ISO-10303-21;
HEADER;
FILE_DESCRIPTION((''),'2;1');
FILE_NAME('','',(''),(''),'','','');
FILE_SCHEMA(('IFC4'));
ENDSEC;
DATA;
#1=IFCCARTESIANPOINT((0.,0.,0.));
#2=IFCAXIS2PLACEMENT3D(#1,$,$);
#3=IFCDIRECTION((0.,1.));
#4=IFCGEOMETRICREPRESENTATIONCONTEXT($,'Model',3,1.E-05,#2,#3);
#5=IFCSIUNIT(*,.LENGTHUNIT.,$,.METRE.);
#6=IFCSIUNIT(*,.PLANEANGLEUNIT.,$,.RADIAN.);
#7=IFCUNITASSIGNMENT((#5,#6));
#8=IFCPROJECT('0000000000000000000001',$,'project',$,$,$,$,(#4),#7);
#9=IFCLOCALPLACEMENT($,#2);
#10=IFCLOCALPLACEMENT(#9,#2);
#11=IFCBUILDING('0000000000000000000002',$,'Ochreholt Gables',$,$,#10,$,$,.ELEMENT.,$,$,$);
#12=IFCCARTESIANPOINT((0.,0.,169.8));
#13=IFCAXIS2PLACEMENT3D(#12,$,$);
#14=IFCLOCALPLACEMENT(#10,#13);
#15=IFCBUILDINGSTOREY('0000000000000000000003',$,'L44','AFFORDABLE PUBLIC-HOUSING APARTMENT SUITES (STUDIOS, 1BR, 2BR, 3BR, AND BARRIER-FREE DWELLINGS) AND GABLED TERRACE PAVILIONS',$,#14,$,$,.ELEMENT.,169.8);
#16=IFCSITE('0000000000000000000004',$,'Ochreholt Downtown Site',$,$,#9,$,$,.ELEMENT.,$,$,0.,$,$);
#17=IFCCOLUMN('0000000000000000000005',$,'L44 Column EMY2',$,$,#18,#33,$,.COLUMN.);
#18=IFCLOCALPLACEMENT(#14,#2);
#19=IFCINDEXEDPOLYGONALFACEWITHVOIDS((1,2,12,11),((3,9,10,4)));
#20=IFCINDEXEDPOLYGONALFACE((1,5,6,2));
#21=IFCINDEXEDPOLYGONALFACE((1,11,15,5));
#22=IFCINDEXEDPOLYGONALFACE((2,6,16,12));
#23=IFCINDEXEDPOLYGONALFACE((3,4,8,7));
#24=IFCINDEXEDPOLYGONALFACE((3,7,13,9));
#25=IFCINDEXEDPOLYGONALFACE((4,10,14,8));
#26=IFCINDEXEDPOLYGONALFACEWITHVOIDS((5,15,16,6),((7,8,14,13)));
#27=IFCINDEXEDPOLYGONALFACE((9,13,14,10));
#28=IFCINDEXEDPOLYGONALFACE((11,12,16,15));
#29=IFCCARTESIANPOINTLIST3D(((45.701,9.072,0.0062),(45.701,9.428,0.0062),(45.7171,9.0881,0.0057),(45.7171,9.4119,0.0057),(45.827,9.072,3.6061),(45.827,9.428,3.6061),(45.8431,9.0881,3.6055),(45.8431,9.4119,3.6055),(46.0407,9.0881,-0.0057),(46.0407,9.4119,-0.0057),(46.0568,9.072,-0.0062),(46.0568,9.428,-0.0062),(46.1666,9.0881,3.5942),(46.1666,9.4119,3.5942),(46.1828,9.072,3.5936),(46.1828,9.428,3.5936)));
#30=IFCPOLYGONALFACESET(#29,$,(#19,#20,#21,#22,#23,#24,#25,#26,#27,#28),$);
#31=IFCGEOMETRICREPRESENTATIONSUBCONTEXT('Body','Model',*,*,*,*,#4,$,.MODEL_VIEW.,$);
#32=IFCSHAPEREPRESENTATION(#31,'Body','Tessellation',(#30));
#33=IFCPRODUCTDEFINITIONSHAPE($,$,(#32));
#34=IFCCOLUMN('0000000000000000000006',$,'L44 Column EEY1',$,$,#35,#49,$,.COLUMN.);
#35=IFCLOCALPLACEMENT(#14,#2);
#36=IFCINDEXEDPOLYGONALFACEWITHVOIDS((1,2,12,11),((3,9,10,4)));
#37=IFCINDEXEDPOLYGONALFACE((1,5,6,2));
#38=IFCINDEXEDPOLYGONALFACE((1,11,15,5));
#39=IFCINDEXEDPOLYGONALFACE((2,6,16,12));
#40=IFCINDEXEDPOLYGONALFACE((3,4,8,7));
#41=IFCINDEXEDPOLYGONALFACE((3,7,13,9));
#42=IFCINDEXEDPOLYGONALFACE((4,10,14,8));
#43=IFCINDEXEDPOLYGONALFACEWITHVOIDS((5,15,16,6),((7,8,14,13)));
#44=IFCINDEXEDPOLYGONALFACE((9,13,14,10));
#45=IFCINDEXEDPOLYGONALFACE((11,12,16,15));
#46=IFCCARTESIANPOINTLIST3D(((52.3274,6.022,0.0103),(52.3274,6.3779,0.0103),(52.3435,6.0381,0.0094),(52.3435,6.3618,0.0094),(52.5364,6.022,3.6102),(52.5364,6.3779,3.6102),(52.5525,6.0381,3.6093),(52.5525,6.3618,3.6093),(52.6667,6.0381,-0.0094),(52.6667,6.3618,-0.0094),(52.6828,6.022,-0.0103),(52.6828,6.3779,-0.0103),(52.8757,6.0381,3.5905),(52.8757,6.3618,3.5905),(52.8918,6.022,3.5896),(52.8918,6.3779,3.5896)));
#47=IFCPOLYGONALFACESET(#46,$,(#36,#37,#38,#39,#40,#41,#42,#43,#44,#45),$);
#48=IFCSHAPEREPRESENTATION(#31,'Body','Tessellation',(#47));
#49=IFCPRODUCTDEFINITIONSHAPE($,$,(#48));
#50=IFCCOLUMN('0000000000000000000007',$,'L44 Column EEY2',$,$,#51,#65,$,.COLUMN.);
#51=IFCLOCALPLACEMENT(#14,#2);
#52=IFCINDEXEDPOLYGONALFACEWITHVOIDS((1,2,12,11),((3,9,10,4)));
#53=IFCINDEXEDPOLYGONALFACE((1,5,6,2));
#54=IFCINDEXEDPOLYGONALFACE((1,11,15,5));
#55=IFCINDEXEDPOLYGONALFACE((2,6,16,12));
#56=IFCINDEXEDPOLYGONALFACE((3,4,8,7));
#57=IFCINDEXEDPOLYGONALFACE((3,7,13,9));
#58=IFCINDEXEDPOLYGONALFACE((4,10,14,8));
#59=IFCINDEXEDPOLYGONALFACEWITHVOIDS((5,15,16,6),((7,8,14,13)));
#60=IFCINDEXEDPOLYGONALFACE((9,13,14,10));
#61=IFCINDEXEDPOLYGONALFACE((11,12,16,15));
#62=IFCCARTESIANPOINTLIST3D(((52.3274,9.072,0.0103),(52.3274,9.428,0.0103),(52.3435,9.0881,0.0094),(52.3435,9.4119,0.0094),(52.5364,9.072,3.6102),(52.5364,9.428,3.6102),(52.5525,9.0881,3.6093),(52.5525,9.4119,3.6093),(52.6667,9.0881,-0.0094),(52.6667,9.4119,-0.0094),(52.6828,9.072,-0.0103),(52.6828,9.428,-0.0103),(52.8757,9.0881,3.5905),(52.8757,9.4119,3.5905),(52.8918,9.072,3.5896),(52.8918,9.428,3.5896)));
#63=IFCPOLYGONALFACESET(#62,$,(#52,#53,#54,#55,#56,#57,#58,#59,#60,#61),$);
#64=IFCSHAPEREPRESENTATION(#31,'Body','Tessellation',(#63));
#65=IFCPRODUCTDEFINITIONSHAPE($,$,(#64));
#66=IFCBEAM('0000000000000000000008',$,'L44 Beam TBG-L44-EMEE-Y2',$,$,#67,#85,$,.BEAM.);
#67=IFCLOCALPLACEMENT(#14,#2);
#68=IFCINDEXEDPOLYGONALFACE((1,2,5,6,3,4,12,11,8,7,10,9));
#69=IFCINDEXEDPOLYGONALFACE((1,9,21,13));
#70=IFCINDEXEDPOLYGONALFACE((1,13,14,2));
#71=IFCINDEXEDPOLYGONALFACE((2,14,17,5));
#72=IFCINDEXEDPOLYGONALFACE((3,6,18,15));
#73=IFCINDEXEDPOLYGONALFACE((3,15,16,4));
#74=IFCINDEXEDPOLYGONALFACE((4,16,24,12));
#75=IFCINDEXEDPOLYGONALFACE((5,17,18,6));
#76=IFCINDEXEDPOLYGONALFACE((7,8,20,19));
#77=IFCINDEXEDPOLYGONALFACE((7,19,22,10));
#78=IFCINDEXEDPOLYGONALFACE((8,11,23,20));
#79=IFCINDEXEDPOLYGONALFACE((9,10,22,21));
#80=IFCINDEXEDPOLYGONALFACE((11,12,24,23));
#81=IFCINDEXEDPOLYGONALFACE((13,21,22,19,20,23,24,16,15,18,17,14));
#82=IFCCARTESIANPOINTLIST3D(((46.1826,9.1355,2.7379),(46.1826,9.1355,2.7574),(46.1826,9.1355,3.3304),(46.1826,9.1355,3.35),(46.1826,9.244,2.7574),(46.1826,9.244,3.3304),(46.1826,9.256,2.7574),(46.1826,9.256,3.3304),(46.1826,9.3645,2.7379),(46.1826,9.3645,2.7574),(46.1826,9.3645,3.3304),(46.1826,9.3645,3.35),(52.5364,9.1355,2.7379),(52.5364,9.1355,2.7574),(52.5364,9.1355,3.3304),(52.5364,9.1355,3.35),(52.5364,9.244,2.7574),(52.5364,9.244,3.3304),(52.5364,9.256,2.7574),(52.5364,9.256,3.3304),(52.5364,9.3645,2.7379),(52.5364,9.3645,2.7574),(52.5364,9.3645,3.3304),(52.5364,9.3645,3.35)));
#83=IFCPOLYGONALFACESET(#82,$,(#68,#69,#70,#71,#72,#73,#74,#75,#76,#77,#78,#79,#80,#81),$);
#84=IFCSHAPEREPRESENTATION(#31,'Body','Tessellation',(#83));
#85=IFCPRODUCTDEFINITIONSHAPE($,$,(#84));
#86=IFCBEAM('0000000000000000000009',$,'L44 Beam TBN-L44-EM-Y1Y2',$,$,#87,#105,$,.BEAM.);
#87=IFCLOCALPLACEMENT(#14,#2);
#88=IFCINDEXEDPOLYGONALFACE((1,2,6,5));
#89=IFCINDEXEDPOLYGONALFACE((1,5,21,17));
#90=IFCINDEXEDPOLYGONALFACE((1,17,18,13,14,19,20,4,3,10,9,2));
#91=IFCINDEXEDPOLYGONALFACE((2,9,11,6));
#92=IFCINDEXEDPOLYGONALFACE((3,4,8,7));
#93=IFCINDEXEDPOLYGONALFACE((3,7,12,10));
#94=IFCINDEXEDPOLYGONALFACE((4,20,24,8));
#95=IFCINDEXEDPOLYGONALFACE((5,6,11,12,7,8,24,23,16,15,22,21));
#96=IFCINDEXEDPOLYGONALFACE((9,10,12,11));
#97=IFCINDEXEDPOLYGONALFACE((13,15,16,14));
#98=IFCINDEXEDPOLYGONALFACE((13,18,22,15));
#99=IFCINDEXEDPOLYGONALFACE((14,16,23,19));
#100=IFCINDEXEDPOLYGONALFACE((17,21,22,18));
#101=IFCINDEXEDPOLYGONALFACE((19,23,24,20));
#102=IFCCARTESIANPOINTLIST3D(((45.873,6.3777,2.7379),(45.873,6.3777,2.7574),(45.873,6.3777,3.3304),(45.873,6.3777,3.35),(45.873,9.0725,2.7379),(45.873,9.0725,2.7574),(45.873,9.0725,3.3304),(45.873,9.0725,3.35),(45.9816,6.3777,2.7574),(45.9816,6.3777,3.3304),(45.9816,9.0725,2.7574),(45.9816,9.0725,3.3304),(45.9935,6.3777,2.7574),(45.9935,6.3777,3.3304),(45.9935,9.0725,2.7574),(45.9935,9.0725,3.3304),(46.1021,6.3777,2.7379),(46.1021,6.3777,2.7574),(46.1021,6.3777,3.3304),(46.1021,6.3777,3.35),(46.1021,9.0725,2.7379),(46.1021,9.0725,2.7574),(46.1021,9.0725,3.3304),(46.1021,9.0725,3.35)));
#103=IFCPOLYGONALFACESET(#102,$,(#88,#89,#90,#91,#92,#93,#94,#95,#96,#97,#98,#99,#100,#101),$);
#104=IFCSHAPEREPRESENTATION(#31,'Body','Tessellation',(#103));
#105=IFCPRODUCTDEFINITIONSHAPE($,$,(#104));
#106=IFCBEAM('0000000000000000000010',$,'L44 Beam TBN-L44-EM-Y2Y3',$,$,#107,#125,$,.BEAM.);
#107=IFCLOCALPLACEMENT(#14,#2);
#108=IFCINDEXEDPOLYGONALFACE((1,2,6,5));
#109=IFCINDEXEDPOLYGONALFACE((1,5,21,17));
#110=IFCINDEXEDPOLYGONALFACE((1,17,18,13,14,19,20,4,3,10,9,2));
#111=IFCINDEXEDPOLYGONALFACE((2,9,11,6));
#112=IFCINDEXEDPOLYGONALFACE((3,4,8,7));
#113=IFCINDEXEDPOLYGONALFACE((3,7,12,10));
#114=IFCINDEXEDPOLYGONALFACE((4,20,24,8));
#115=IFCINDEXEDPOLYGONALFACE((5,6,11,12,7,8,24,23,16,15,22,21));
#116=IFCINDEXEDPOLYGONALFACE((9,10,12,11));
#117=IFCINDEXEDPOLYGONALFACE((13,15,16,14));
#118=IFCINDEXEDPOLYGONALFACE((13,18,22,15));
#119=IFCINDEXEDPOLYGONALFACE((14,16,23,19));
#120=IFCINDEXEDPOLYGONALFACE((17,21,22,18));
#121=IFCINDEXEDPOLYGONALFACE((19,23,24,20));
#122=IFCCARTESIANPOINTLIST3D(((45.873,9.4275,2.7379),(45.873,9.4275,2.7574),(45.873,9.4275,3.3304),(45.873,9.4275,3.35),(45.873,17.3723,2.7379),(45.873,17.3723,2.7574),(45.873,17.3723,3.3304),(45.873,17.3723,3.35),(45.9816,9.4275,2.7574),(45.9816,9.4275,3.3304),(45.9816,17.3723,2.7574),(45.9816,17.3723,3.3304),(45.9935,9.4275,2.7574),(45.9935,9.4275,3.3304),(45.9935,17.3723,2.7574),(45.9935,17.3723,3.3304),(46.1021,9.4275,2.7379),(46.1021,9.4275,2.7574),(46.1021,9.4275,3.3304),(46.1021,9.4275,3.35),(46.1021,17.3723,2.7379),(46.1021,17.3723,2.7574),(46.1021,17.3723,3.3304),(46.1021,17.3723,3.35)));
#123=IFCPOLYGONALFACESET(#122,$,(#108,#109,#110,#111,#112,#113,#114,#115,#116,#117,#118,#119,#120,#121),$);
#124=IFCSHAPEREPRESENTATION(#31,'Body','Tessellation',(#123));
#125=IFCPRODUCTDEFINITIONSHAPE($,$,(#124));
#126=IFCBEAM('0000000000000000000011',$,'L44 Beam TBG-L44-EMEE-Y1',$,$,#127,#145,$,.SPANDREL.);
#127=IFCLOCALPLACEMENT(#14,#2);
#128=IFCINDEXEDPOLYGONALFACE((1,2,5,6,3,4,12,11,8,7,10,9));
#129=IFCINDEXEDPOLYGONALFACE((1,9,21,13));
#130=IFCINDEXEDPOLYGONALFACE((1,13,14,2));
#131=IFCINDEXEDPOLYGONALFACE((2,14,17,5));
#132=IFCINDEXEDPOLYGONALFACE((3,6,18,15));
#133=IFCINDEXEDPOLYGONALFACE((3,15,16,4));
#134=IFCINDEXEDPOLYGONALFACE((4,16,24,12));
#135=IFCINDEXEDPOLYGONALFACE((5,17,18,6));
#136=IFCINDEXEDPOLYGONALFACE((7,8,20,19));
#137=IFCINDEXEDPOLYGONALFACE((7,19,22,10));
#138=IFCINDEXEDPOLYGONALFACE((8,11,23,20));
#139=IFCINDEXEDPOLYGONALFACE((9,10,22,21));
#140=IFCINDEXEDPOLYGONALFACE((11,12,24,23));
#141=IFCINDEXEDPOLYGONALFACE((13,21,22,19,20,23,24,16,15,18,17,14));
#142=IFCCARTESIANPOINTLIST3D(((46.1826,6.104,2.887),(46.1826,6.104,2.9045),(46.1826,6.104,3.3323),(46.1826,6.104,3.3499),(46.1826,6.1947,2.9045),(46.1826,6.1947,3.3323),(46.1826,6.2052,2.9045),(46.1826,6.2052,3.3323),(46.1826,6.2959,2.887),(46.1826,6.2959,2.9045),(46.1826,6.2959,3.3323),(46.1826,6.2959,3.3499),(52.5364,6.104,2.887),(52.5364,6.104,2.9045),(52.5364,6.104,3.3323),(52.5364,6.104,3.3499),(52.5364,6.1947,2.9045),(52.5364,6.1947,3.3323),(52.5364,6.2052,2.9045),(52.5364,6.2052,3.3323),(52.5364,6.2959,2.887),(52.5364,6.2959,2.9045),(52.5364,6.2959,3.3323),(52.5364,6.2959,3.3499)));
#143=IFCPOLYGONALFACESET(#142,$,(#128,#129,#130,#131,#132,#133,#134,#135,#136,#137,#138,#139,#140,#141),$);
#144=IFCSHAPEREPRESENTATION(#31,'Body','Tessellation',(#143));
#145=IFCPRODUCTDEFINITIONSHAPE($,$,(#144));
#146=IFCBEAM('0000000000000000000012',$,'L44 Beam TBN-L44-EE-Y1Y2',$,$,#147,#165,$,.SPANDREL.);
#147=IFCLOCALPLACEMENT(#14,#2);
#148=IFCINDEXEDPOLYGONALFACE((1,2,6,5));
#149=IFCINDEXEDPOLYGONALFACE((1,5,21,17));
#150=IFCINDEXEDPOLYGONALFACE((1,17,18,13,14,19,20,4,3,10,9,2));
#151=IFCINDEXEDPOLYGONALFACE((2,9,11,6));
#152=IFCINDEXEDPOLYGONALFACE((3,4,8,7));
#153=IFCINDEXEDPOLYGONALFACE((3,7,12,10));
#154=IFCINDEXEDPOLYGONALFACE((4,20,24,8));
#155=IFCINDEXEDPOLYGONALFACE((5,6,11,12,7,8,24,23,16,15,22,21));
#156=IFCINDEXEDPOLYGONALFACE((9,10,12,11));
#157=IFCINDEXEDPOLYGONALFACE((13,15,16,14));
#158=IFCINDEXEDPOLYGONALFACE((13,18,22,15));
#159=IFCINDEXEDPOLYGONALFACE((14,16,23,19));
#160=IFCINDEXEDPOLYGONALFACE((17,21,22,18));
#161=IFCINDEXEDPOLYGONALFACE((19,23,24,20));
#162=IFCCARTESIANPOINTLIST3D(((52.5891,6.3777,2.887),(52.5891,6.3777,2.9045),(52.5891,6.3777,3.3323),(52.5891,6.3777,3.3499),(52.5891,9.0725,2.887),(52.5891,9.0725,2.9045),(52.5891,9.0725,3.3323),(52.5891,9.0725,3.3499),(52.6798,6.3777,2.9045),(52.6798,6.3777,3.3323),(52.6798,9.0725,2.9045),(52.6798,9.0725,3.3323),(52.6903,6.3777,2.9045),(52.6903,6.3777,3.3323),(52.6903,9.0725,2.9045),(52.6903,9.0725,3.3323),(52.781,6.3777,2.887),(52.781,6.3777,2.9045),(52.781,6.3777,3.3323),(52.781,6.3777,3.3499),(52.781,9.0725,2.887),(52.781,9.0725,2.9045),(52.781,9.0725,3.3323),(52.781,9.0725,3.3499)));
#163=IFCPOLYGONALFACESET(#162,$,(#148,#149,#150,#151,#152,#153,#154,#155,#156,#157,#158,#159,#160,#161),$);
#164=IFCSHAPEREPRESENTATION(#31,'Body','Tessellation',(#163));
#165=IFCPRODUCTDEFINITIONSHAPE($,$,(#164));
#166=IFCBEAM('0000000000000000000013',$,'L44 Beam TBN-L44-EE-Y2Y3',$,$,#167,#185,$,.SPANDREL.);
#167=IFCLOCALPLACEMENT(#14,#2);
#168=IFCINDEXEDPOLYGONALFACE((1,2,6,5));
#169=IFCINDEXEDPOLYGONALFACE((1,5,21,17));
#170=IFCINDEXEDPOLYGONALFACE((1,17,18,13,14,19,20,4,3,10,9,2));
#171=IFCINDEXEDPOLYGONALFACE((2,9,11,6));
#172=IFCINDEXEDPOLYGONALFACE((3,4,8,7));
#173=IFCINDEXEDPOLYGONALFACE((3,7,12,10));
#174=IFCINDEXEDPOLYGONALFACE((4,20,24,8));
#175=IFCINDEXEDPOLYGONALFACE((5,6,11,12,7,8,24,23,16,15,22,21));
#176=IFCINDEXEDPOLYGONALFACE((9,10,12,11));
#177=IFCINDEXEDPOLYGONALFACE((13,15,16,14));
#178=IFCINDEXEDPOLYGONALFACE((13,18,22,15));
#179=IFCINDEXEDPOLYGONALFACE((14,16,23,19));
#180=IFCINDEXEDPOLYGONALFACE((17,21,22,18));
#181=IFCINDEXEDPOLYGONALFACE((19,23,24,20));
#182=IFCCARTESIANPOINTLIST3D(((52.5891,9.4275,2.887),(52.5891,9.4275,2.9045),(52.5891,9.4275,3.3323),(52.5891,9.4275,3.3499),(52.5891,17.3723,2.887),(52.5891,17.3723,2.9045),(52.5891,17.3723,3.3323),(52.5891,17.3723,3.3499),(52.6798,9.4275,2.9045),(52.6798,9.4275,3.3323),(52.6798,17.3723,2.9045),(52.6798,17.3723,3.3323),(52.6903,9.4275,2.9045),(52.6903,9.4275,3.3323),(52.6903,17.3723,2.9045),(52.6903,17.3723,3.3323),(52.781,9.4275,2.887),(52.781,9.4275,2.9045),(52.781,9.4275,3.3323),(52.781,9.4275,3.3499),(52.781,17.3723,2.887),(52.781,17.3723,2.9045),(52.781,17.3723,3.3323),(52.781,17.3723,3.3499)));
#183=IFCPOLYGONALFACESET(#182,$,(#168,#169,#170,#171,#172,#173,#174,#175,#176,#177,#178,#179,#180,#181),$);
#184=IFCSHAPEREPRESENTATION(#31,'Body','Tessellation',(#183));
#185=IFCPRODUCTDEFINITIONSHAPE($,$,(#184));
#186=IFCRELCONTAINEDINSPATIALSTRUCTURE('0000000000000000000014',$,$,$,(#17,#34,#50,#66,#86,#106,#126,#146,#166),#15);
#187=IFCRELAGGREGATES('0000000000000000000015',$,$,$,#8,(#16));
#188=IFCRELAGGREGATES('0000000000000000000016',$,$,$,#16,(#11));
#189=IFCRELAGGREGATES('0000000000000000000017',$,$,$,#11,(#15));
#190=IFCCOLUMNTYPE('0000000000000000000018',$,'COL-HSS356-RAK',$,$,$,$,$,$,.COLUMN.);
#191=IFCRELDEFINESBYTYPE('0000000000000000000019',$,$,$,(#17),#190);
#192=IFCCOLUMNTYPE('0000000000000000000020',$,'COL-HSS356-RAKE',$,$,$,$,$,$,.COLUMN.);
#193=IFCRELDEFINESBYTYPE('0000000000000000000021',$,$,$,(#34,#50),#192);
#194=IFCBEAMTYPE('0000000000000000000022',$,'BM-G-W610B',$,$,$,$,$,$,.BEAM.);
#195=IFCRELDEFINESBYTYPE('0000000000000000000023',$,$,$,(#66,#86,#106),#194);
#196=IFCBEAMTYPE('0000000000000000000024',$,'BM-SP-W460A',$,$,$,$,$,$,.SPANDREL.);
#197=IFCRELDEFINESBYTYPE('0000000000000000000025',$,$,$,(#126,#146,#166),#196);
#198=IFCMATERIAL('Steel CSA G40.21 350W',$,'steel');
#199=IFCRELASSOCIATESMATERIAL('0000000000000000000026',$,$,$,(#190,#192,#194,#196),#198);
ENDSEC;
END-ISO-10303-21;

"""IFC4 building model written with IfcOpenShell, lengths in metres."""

from ifc_helpers import new_model, si_unit, direction, frame, origin, origin_2d, place, context, subcontext, project, spatial, hollow_rectangle, i_section, extrude, material, material_profile, profile_set, type_object, element, save


model = new_model("IFC4")

# Units and contexts
model_context = context("Model", 3, precision=1e-05, world=origin(), true_north=direction((0.0, 1.0)))
body_context = subcontext(model_context, "Body", "Model", "MODEL_VIEW")
ifc_project = project(units=[si_unit("LENGTHUNIT", "METRE"), si_unit("PLANEANGLEUNIT", "RADIAN")], contexts=[model_context])

# Site, building, storey
site_placement = place(None, origin())
site = spatial("IfcSite", under=ifc_project, at=site_placement, Name="Ochreholt Downtown Site", CompositionType="ELEMENT", RefElevation=0.0)
building_placement = place(site_placement, origin())
building = spatial("IfcBuilding", under=site, at=building_placement, Name="Ochreholt Gables", CompositionType="ELEMENT")
storey_placement = place(building_placement, frame((0.0, 0.0, 169.8)))
storey = spatial("IfcBuildingStorey", under=building, at=storey_placement, Name="L44", Description="AFFORDABLE PUBLIC-HOUSING APARTMENT SUITES (STUDIOS, 1BR, 2BR, 3BR, AND BARRIER-FREE DWELLINGS) AND GABLED TERRACE PAVILIONS", CompositionType="ELEMENT", Elevation=169.8)

# Columns
ifc_material_1 = material(Name="Steel CSA G40.21 350W", Category="steel")
ifc_material_profile_1 = material_profile(ifc_material_1, hollow_rectangle(XDim=0.356, YDim=0.356, WallThickness=0.0161, at=origin_2d()), Name="HSS356X356X16")
ifc_profile_set_1 = profile_set([ifc_material_profile_1], Name="Steel CSA G40.21 350W")
column_type_1 = type_object("IfcColumnType", Name="COL-HSS356-RAK", PredefinedType="COLUMN", material=ifc_profile_set_1)
column_placement = place(storey_placement, frame((45.8789, 9.25, 0.0), z_axis=(0.034974, 0.0, 0.999388), x_axis=(0.0, 1.0, 0.0)))
element("IfcColumn", 1, at=column_placement, inside=storey, type_object=column_type_1, Name="L44 Column EMY2", PredefinedType="COLUMN", context=body_context, shape_type="SweptSolid", body=[
    extrude(hollow_rectangle(XDim=0.356, YDim=0.356, WallThickness=0.0161, at=origin_2d()), origin(), (0.0, 0.0, 1.0), 3.6021),
])
ifc_material_profile_2 = material_profile(ifc_material_1, hollow_rectangle(XDim=0.356, YDim=0.356, WallThickness=0.0161, at=origin_2d()), Name="HSS356X356X16")
ifc_profile_set_2 = profile_set([ifc_material_profile_2], Name="Steel CSA G40.21 350W")
column_type_2 = type_object("IfcColumnType", Name="COL-HSS356-RAKE", PredefinedType="COLUMN", material=ifc_profile_set_2)
for number, where, z_axis, x_axis, name in (
    (2, (52.5051, 6.2, 0.0), (0.057956, 0.0, 0.998319), (0.0, 1.0, 0.0), "L44 Column EEY1"),
    (3, (52.5051, 9.25, 0.0), (0.057956, 0.0, 0.998319), (0.0, 1.0, 0.0), "L44 Column EEY2"),
):
    element("IfcColumn", number, at=place(storey_placement, frame(where, z_axis=z_axis, x_axis=x_axis)), inside=storey, type_object=column_type_2, Name=name, PredefinedType="COLUMN", context=body_context, shape_type="SweptSolid", body=[
        extrude(hollow_rectangle(XDim=0.356, YDim=0.356, WallThickness=0.0161, at=origin_2d()), origin(), (0.0, 0.0, 1.0), 3.606),
    ])

# Beams
ifc_material_profile_3 = material_profile(ifc_material_1, i_section(OverallWidth=0.229, OverallDepth=0.6121, WebThickness=0.012, FlangeThickness=0.0195, at=origin_2d()), Name="W610X125")
ifc_profile_set_3 = profile_set([ifc_material_profile_3], Name="Steel CSA G40.21 350W")
beam_type_1 = type_object("IfcBeamType", Name="BM-G-W610B", PredefinedType="BEAM", material=ifc_profile_set_3)
beam_1_placement = place(storey_placement, frame((46.1826, 9.25, 3.0439), z_axis=(1.0, 0.0, 0.0), x_axis=(0.0, 1.0, 0.0)))
element("IfcBeam", 4, at=beam_1_placement, inside=storey, type_object=beam_type_1, Name="L44 Beam TBG-L44-EMEE-Y2", PredefinedType="BEAM", context=body_context, shape_type="SweptSolid", body=[
    extrude(i_section(OverallWidth=0.229, OverallDepth=0.6121, WebThickness=0.012, FlangeThickness=0.0195, at=origin_2d()), origin(), (0.0, 0.0, 1.0), 6.3538),
])
beam_2_placement = place(storey_placement, frame((45.9875, 6.3777, 3.0439), z_axis=(0.0, 1.0, 0.0), x_axis=(-1.0, 0.0, 0.0)))
element("IfcBeam", 5, at=beam_2_placement, inside=storey, type_object=beam_type_1, Name="L44 Beam TBN-L44-EM-Y1Y2", PredefinedType="BEAM", context=body_context, shape_type="SweptSolid", body=[
    extrude(i_section(OverallWidth=0.229, OverallDepth=0.6121, WebThickness=0.012, FlangeThickness=0.0195, at=origin_2d()), origin(), (0.0, 0.0, 1.0), 2.6948),
])
beam_3_placement = place(storey_placement, frame((45.9875, 9.4275, 3.0439), z_axis=(0.0, 1.0, 0.0), x_axis=(-1.0, 0.0, 0.0)))
element("IfcBeam", 6, at=beam_3_placement, inside=storey, type_object=beam_type_1, Name="L44 Beam TBN-L44-EM-Y2Y3", PredefinedType="BEAM", context=body_context, shape_type="SweptSolid", body=[
    extrude(i_section(OverallWidth=0.229, OverallDepth=0.6121, WebThickness=0.012, FlangeThickness=0.0195, at=origin_2d()), origin(), (0.0, 0.0, 1.0), 7.9448),
])
ifc_material_profile_4 = material_profile(ifc_material_1, i_section(OverallWidth=0.1919, OverallDepth=0.4629, WebThickness=0.0105, FlangeThickness=0.0176, at=origin_2d()), Name="W460X89")
ifc_profile_set_4 = profile_set([ifc_material_profile_4], Name="Steel CSA G40.21 350W")
beam_type_2 = type_object("IfcBeamType", Name="BM-SP-W460A", PredefinedType="SPANDREL", material=ifc_profile_set_4)
beam_4_placement = place(storey_placement, frame((46.1826, 6.2, 3.1184), z_axis=(1.0, 0.0, 0.0), x_axis=(0.0, 1.0, 0.0)))
element("IfcBeam", 7, at=beam_4_placement, inside=storey, type_object=beam_type_2, Name="L44 Beam TBG-L44-EMEE-Y1", PredefinedType="SPANDREL", context=body_context, shape_type="SweptSolid", body=[
    extrude(i_section(OverallWidth=0.1919, OverallDepth=0.4629, WebThickness=0.0105, FlangeThickness=0.0176, at=origin_2d()), origin(), (0.0, 0.0, 1.0), 6.3538),
])
beam_5_placement = place(storey_placement, frame((52.6851, 6.3777, 3.1184), z_axis=(0.0, 1.0, 0.0), x_axis=(-1.0, 0.0, 0.0)))
element("IfcBeam", 8, at=beam_5_placement, inside=storey, type_object=beam_type_2, Name="L44 Beam TBN-L44-EE-Y1Y2", PredefinedType="SPANDREL", context=body_context, shape_type="SweptSolid", body=[
    extrude(i_section(OverallWidth=0.1919, OverallDepth=0.4629, WebThickness=0.0105, FlangeThickness=0.0176, at=origin_2d()), origin(), (0.0, 0.0, 1.0), 2.6948),
])
beam_6_placement = place(storey_placement, frame((52.6851, 9.4275, 3.1184), z_axis=(0.0, 1.0, 0.0), x_axis=(-1.0, 0.0, 0.0)))
element("IfcBeam", 9, at=beam_6_placement, inside=storey, type_object=beam_type_2, Name="L44 Beam TBN-L44-EE-Y2Y3", PredefinedType="SPANDREL", context=body_context, shape_type="SweptSolid", body=[
    extrude(i_section(OverallWidth=0.1919, OverallDepth=0.4629, WebThickness=0.0105, FlangeThickness=0.0176, at=origin_2d()), origin(), (0.0, 0.0, 1.0), 7.9448),
])

save(model, "model.ifc")
